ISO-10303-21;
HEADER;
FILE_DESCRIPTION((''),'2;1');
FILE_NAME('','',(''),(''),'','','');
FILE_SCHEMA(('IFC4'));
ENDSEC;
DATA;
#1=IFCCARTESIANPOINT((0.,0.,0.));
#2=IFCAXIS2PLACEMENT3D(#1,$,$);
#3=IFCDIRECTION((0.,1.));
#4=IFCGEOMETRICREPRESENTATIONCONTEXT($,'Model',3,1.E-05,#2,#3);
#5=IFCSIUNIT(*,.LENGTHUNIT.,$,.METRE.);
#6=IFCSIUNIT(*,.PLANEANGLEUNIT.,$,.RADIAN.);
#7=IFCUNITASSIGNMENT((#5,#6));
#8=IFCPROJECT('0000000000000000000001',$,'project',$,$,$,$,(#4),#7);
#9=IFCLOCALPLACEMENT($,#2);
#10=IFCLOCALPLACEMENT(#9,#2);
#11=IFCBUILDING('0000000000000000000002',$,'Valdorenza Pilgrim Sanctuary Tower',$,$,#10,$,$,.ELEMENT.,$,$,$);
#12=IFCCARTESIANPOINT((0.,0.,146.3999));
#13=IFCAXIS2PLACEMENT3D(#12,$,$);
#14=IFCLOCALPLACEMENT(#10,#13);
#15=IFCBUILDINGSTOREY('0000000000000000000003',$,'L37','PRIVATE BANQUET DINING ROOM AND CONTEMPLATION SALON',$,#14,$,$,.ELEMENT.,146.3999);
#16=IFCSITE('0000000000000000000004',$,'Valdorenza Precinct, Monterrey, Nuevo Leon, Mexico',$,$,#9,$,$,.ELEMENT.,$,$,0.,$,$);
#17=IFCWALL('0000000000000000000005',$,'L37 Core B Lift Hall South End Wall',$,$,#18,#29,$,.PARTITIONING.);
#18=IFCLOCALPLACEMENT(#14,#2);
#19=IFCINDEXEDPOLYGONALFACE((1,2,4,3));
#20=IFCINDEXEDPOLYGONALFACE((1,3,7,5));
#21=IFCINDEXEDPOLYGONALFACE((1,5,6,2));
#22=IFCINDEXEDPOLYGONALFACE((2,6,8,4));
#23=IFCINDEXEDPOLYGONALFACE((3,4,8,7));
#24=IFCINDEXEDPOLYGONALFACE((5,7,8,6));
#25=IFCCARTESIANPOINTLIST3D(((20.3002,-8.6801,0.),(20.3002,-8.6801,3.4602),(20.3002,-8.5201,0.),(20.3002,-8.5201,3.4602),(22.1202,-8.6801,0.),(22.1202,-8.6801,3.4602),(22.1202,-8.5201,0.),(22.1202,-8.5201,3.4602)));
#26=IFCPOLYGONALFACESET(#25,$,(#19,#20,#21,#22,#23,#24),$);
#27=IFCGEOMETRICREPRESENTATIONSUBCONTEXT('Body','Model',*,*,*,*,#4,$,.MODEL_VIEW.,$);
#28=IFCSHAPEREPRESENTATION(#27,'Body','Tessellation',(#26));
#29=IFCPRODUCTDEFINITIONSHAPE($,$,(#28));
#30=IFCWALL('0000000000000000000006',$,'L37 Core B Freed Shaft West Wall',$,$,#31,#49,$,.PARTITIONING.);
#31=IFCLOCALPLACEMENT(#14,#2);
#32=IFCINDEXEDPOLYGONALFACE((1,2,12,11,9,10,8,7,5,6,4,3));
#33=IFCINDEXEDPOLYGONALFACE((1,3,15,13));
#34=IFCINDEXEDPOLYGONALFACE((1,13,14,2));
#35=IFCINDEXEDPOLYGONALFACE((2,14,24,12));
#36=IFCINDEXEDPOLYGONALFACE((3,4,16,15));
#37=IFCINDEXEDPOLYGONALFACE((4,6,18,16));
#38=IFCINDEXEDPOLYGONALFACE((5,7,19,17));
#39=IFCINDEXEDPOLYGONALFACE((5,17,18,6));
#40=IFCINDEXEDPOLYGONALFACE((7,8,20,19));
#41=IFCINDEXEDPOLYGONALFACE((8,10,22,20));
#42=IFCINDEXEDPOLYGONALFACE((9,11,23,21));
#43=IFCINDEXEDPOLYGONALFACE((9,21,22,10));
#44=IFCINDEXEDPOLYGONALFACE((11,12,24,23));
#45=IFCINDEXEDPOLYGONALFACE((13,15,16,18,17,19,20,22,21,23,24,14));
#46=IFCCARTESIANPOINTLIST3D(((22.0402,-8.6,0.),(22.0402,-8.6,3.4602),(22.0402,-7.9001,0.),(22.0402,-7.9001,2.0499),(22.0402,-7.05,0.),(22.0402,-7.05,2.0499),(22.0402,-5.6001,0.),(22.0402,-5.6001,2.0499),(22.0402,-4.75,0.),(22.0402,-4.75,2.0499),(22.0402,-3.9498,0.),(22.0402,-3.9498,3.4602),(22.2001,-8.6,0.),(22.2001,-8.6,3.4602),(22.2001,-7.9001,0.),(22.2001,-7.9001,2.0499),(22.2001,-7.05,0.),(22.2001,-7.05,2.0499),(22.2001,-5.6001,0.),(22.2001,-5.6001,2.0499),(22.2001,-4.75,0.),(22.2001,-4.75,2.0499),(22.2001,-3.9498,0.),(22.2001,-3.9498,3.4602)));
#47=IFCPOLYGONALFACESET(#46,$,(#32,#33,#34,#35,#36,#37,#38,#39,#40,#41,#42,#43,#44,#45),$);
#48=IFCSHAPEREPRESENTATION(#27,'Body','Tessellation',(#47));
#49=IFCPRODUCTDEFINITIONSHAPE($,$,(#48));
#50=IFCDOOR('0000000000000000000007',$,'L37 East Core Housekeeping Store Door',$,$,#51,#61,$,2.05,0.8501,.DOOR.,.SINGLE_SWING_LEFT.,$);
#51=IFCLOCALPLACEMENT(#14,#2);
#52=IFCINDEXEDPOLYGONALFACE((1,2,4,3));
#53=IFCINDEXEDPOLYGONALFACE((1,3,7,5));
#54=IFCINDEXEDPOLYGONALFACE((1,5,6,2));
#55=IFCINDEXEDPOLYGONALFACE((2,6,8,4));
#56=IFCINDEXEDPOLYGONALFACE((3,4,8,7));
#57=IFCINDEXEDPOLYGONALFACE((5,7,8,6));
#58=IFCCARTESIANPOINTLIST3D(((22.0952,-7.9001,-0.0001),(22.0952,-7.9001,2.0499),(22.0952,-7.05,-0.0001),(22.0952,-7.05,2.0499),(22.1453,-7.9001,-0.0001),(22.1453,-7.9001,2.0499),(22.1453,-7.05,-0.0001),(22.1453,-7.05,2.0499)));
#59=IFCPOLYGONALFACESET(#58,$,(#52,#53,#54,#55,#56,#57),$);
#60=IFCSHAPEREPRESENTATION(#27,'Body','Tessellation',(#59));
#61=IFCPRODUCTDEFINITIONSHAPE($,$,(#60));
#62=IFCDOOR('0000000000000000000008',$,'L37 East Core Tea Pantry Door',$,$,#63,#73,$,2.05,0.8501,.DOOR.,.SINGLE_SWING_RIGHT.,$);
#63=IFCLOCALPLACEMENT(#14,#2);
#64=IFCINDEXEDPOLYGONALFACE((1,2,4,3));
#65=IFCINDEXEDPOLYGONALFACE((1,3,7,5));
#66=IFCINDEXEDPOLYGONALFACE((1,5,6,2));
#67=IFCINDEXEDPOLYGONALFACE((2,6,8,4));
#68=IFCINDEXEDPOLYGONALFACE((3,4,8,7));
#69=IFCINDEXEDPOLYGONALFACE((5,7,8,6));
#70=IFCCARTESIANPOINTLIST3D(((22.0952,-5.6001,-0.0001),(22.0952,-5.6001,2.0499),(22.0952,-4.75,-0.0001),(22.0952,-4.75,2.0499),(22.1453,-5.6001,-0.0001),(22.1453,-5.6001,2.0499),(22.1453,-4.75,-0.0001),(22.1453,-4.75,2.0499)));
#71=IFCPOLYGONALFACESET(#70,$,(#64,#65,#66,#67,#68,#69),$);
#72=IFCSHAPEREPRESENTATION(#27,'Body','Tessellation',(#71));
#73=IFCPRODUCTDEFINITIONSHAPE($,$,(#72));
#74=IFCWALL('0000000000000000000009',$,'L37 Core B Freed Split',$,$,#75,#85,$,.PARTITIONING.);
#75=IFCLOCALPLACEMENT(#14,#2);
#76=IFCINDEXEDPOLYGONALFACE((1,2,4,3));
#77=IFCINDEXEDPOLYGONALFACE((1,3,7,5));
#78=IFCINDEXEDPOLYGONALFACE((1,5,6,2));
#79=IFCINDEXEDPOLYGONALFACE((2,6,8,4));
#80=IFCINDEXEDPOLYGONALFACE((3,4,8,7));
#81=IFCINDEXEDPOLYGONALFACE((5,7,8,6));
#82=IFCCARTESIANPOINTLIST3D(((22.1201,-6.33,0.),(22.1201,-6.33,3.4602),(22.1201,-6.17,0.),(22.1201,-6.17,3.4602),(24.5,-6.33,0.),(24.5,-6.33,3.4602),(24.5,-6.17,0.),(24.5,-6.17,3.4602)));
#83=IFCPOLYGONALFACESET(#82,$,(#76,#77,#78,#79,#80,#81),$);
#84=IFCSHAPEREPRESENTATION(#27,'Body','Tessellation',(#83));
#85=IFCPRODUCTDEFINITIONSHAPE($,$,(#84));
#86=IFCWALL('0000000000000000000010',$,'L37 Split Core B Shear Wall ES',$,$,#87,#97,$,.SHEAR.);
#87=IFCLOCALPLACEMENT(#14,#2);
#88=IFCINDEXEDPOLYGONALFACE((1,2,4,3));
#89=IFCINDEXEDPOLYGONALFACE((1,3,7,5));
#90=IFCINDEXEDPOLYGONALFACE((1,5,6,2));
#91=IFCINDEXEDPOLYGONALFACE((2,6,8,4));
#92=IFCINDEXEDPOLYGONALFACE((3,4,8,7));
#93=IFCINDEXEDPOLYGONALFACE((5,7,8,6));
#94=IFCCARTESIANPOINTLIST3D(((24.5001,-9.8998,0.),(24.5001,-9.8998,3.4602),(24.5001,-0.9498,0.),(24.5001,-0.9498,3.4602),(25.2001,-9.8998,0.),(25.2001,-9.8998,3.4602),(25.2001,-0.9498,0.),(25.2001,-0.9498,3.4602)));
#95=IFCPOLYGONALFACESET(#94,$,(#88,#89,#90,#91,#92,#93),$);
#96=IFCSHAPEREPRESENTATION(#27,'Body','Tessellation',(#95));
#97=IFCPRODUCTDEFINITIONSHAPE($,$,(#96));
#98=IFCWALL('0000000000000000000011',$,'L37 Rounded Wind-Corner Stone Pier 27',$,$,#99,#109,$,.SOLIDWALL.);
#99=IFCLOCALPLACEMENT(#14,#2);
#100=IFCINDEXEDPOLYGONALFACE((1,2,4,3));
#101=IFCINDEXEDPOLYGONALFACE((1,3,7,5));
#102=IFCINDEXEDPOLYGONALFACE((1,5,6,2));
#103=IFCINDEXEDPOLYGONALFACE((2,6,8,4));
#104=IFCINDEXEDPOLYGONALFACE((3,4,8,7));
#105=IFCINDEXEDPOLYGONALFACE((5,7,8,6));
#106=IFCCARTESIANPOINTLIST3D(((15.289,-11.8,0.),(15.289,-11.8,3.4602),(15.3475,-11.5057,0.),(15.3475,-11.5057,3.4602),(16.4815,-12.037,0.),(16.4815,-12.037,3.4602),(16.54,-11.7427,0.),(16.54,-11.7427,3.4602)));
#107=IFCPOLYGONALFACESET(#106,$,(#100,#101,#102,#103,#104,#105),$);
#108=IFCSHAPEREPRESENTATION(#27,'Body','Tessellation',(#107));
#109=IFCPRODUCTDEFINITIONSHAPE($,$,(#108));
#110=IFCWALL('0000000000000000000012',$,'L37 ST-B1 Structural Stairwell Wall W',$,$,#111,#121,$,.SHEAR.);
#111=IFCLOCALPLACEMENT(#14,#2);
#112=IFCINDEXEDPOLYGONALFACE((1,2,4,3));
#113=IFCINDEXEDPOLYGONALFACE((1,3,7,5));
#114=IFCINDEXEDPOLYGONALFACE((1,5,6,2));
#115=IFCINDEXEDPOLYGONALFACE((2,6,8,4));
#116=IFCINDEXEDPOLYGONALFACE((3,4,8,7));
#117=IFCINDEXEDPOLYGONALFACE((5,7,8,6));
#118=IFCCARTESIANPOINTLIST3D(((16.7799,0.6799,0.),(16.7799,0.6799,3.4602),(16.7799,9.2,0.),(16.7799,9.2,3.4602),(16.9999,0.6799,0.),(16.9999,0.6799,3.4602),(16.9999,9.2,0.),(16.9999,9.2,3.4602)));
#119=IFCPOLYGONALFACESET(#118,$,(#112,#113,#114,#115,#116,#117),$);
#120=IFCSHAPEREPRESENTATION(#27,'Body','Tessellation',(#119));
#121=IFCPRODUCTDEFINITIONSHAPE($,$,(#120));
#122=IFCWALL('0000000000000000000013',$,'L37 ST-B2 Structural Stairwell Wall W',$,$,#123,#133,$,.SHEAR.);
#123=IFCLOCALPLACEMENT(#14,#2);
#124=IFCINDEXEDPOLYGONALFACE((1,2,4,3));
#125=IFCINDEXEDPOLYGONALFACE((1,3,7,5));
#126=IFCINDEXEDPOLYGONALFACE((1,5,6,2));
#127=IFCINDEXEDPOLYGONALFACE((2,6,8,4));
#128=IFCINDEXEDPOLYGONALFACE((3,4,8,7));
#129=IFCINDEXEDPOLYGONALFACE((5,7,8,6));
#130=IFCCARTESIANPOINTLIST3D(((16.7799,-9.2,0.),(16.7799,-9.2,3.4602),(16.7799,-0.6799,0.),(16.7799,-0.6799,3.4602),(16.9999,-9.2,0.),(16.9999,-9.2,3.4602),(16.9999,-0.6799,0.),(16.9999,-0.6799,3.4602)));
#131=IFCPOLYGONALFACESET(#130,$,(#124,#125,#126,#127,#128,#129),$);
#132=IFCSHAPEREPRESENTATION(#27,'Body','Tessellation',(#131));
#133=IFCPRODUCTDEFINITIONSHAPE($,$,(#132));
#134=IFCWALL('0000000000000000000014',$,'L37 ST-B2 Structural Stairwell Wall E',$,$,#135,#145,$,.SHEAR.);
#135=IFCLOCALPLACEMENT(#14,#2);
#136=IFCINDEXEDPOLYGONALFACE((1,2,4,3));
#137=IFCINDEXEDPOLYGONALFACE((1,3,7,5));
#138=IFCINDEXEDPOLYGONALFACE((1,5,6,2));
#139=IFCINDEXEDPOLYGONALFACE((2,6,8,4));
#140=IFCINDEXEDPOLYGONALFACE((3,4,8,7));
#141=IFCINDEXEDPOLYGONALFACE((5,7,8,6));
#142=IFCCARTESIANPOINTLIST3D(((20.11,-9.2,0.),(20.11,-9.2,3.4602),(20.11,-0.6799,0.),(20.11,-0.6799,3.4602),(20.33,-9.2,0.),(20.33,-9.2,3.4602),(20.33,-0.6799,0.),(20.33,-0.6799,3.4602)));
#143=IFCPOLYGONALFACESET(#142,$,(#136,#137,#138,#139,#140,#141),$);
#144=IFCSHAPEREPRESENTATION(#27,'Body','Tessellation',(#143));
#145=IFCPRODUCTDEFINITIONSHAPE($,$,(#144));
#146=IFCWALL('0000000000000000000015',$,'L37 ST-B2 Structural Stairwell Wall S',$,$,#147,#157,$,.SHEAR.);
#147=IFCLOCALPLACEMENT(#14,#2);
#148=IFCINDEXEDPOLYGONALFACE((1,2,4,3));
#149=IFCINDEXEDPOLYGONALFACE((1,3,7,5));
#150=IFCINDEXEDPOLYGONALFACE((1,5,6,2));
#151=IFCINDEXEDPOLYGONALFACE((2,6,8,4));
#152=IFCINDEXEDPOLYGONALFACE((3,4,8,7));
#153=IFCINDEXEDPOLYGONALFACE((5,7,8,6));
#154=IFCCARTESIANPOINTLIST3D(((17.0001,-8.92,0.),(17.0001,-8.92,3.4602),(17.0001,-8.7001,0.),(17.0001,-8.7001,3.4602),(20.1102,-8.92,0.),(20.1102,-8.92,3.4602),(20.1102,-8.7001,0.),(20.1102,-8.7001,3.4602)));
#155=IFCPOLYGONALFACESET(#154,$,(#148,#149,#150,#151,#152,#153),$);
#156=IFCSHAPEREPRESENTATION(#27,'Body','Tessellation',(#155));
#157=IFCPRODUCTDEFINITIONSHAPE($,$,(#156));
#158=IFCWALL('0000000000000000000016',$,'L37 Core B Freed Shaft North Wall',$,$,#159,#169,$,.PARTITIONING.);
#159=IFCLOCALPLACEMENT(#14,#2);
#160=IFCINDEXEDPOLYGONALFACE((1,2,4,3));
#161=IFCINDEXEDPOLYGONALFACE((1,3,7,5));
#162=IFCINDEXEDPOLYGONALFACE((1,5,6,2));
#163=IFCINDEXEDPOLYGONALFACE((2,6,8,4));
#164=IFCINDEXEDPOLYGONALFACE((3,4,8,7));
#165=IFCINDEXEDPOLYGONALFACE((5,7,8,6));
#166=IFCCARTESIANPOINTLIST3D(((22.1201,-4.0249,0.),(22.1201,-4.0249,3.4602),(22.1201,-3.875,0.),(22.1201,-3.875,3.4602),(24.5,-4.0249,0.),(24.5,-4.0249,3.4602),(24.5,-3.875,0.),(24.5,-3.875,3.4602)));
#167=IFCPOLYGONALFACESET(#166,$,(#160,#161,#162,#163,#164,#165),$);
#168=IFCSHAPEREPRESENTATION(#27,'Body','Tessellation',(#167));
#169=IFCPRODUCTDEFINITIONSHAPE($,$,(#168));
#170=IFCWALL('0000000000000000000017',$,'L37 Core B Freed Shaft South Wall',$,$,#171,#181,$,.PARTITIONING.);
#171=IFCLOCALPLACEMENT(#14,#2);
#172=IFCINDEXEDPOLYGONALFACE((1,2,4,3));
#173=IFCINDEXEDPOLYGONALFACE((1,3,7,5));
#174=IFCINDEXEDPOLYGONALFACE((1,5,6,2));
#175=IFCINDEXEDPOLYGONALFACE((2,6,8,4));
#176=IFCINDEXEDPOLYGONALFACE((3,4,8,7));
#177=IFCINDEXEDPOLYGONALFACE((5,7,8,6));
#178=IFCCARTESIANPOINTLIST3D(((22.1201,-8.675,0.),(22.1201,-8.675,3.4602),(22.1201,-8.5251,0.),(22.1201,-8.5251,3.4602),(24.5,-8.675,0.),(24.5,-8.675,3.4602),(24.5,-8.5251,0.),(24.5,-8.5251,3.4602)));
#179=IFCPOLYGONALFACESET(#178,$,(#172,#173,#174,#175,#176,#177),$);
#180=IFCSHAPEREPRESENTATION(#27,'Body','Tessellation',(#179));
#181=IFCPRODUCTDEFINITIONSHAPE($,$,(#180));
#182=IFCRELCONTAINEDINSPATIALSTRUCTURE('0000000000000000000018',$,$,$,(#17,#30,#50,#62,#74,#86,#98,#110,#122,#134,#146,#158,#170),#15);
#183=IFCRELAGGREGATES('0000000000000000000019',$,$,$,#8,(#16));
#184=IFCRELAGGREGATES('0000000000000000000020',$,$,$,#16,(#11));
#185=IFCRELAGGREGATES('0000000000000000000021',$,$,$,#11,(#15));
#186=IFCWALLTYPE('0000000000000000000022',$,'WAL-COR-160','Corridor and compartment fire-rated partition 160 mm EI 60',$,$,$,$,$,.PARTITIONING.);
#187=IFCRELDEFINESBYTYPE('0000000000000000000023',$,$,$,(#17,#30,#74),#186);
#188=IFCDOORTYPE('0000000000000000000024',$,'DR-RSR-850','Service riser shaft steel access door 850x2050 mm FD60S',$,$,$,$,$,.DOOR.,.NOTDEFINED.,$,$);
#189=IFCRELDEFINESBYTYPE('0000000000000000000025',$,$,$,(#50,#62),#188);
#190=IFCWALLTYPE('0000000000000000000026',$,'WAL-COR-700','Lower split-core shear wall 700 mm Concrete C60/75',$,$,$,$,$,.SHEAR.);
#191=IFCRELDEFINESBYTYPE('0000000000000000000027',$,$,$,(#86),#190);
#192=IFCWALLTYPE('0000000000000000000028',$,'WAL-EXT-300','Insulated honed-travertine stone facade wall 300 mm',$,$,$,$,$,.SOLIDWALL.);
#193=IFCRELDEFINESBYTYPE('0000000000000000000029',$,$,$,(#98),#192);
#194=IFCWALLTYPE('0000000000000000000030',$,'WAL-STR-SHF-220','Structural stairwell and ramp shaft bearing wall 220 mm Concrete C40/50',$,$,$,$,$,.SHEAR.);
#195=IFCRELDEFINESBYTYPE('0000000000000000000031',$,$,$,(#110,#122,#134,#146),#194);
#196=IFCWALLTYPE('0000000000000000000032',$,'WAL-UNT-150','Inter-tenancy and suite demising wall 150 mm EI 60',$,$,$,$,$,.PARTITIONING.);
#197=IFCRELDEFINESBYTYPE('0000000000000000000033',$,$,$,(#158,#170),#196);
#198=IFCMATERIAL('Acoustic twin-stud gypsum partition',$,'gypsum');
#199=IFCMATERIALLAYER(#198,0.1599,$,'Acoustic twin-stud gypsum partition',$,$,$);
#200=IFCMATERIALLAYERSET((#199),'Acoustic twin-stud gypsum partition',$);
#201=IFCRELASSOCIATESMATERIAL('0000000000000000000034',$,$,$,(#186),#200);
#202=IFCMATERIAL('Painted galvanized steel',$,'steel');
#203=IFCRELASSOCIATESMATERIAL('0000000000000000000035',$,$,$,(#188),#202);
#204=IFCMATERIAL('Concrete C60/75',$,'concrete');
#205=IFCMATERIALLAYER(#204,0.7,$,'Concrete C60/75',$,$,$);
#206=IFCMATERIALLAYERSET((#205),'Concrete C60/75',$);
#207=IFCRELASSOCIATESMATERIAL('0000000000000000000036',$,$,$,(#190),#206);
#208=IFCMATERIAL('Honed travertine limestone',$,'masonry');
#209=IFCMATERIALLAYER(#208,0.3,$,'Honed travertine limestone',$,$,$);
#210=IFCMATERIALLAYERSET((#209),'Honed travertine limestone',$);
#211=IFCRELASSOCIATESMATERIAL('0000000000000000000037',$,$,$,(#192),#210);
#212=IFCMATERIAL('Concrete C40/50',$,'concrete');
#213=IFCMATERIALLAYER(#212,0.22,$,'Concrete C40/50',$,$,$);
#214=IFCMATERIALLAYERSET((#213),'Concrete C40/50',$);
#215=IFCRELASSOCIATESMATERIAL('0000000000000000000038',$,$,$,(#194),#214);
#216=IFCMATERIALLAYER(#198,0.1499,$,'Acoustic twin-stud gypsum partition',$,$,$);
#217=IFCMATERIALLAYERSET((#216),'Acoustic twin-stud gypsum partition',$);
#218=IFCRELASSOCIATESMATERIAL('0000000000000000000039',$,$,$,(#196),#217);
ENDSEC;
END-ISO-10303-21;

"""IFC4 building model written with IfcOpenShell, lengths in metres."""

from ifc_helpers import new_model, si_unit, direction, frame, frame_2d, origin, place, context, subcontext, project, spatial, rectangle, extrude, material, layer, layer_set, type_object, element, fill, save


model = new_model("IFC4")

# Units and contexts
model_context = context("Model", 3, precision=1e-05, world=origin(), true_north=direction((0.0, 1.0)))
body_context = subcontext(model_context, "Body", "Model", "MODEL_VIEW")
ifc_project = project(units=[si_unit("LENGTHUNIT", "METRE"), si_unit("PLANEANGLEUNIT", "RADIAN")], contexts=[model_context])

# Site, building, storey
site_placement = place(None, origin())
site = spatial("IfcSite", under=ifc_project, at=site_placement, Name="Valdorenza Precinct, Monterrey, Nuevo Leon, Mexico", CompositionType="ELEMENT", RefElevation=0.0)
building_placement = place(site_placement, origin())
building = spatial("IfcBuilding", under=site, at=building_placement, Name="Valdorenza Pilgrim Sanctuary Tower", CompositionType="ELEMENT")
storey_placement = place(building_placement, frame((0.0, 0.0, 146.3999)))
storey = spatial("IfcBuildingStorey", under=building, at=storey_placement, Name="L37", Description="PRIVATE BANQUET DINING ROOM AND CONTEMPLATION SALON", CompositionType="ELEMENT", Elevation=146.3999)

# Shared definitions
ifc_material_1 = material(Name="Concrete C60/75", Category="concrete")

# Shared definitions
ifc_material_2 = material(Name="Honed travertine limestone", Category="masonry")

# Wall
ifc_material_3 = material(Name="Acoustic twin-stud gypsum partition", Category="gypsum")
ifc_layer_1 = layer(ifc_material_3, 0.1599, Name="Acoustic twin-stud gypsum partition")
ifc_layer_set_1 = layer_set([ifc_layer_1], Name="Acoustic twin-stud gypsum partition")
wall_type_1 = type_object("IfcWallType", Name="WAL-COR-160", Description="Corridor and compartment fire-rated partition 160 mm EI 60", PredefinedType="PARTITIONING", material=ifc_layer_set_1)
wall_1_placement = place(storey_placement, frame((20.3, -8.6001, 0.0), z_axis=(0.0, 0.0, 1.0), x_axis=(1.0, 0.0, 0.0)))
element("IfcWall", 1, at=wall_1_placement, inside=storey, type_object=wall_type_1, Name="L37 Core B Lift Hall South End Wall", PredefinedType="PARTITIONING", context=body_context, shape_type="SweptSolid", body=[
    extrude(rectangle(XDim=1.8201, YDim=0.1599, at=frame_2d((0.9102, 0.0))), origin(), (0.0, 0.0, 1.0), 3.4602),
])

# Wall, openings, doors
wall_2_placement = place(storey_placement, frame((22.1201, -8.6001, 0.0), z_axis=(0.0, 0.0, 1.0), x_axis=(0.0, 1.0, 0.0)))
wall_2 = element("IfcWall", 2, at=wall_2_placement, inside=storey, type_object=wall_type_1, Name="L37 Core B Freed Shaft West Wall", PredefinedType="PARTITIONING", context=body_context, shape_type="SweptSolid", body=[
    extrude(rectangle(XDim=4.6501, YDim=0.1599, at=frame_2d((2.3252, 0.0))), origin(), (0.0, 0.0, 1.0), 3.4602),
])
opening_1_placement = place(wall_2_placement, frame((0.7, 0.0, 0.0)))
opening_1 = element("IfcOpeningElement", 3, at=opening_1_placement, cuts=wall_2, PredefinedType="OPENING", context=body_context, shape_type="SweptSolid", body=[
    extrude(rectangle(XDim=0.8501, YDim=2.05, at=frame_2d((0.425, 1.0249))), frame((0.0, 0.0947, 0.0), z_axis=(0.0, -1.0, 0.0), x_axis=(1.0, 0.0, 0.0)), (0.0, 0.0, 1.0), 0.1897),
])
opening_2_placement = place(wall_2_placement, frame((3.0, 0.0, 0.0)))
opening_2 = element("IfcOpeningElement", 4, at=opening_2_placement, cuts=wall_2, PredefinedType="OPENING", context=body_context, shape_type="SweptSolid", body=[
    extrude(rectangle(XDim=0.8501, YDim=2.05, at=frame_2d((0.425, 1.0249))), frame((0.0, 0.0947, 0.0), z_axis=(0.0, -1.0, 0.0), x_axis=(1.0, 0.0, 0.0)), (0.0, 0.0, 1.0), 0.1897),
])
ifc_material_4 = material(Name="Painted galvanized steel", Category="steel")
door_type_1 = type_object("IfcDoorType", Name="DR-RSR-850", Description="Service riser shaft steel access door 850x2050 mm FD60S", OperationType="NOTDEFINED", PredefinedType="DOOR", material=ifc_material_4)
door_1_placement = place(opening_1_placement, origin())
door_1 = element("IfcDoor", 5, at=door_1_placement, inside=storey, type_object=door_type_1, Name="L37 East Core Housekeeping Store Door", OperationType="SINGLE_SWING_LEFT", OverallHeight=2.05, OverallWidth=0.8501, PredefinedType="DOOR", context=body_context, shape_type="SweptSolid", body=[
    extrude(rectangle(XDim=0.8501, YDim=2.05, at=frame_2d((0.425, 1.0249))), frame((0.0, 0.0249, 0.0), z_axis=(0.0, -1.0, 0.0), x_axis=(1.0, 0.0, 0.0)), (0.0, 0.0, 1.0), 0.05),
])
fill(opening_1, door_1)
door_2_placement = place(opening_2_placement, origin())
door_2 = element("IfcDoor", 6, at=door_2_placement, inside=storey, type_object=door_type_1, Name="L37 East Core Tea Pantry Door", OperationType="SINGLE_SWING_RIGHT", OverallHeight=2.05, OverallWidth=0.8501, PredefinedType="DOOR", context=body_context, shape_type="SweptSolid", body=[
    extrude(rectangle(XDim=0.8501, YDim=2.05, at=frame_2d((0.425, 1.0249))), frame((0.0, 0.0249, 0.0), z_axis=(0.0, -1.0, 0.0), x_axis=(1.0, 0.0, 0.0)), (0.0, 0.0, 1.0), 0.05),
])
fill(opening_2, door_2)

# Walls
wall_3_placement = place(storey_placement, frame((22.1201, -6.25, 0.0), z_axis=(0.0, 0.0, 1.0), x_axis=(1.0, 0.0, 0.0)))
element("IfcWall", 7, at=wall_3_placement, inside=storey, type_object=wall_type_1, Name="L37 Core B Freed Split", PredefinedType="PARTITIONING", context=body_context, shape_type="SweptSolid", body=[
    extrude(rectangle(XDim=2.3799, YDim=0.1599, at=frame_2d((1.1899, 0.0))), origin(), (0.0, 0.0, 1.0), 3.4602),
])
ifc_layer_2 = layer(ifc_material_1, 0.7, Name="Concrete C60/75")
ifc_layer_set_2 = layer_set([ifc_layer_2], Name="Concrete C60/75")
wall_type_2 = type_object("IfcWallType", Name="WAL-COR-700", Description="Lower split-core shear wall 700 mm Concrete C60/75", PredefinedType="SHEAR", material=ifc_layer_set_2)
wall_4_placement = place(storey_placement, frame((24.8501, -9.8999, 0.0), z_axis=(0.0, 0.0, 1.0), x_axis=(0.0, 1.0, 0.0)))
element("IfcWall", 8, at=wall_4_placement, inside=storey, type_object=wall_type_2, Name="L37 Split Core B Shear Wall ES", PredefinedType="SHEAR", context=body_context, shape_type="SweptSolid", body=[
    extrude(rectangle(XDim=8.95, YDim=0.7, at=frame_2d((4.4751, 0.0))), origin(), (0.0, 0.0, 1.0), 3.4602),
])
ifc_layer_3 = layer(ifc_material_2, 0.3, Name="Honed travertine limestone")
ifc_layer_set_3 = layer_set([ifc_layer_3], Name="Honed travertine limestone")
wall_type_3 = type_object("IfcWallType", Name="WAL-EXT-300", Description="Insulated honed-travertine stone facade wall 300 mm", PredefinedType="SOLIDWALL", material=ifc_layer_set_3)
wall_5_placement = place(storey_placement, frame((16.5107, -11.8899, 0.0), z_axis=(0.0, 0.0, 1.0), x_axis=(-0.980804, 0.194996, 0.0)))
element("IfcWall", 9, at=wall_5_placement, inside=storey, type_object=wall_type_3, Name="L37 Rounded Wind-Corner Stone Pier 27", PredefinedType="SOLIDWALL", context=body_context, shape_type="SweptSolid", body=[
    extrude(rectangle(XDim=1.2158, YDim=0.3, at=frame_2d((0.6079, 0.0))), origin(), (0.0, 0.0, 1.0), 3.4602),
])

# Walls
ifc_material_5 = material(Name="Concrete C40/50", Category="concrete")
ifc_layer_4 = layer(ifc_material_5, 0.22, Name="Concrete C40/50")
ifc_layer_set_4 = layer_set([ifc_layer_4], Name="Concrete C40/50")
wall_type_4 = type_object("IfcWallType", Name="WAL-STR-SHF-220", Description="Structural stairwell and ramp shaft bearing wall 220 mm Concrete C40/50", PredefinedType="SHEAR", material=ifc_layer_set_4)
for number, where, z_axis, x_axis, name in (
    (10, (16.8899, 0.6799, 0.0), (0.0, 0.0, 1.0), (0.0, 1.0, 0.0), "L37 ST-B1 Structural Stairwell Wall W"),
    (11, (16.8899, -9.2, 0.0), (0.0, 0.0, 1.0), (0.0, 1.0, 0.0), "L37 ST-B2 Structural Stairwell Wall W"),
    (12, (20.22, -9.2, 0.0), (0.0, 0.0, 1.0), (0.0, 1.0, 0.0), "L37 ST-B2 Structural Stairwell Wall E"),
):
    element("IfcWall", number, at=place(storey_placement, frame(where, z_axis=z_axis, x_axis=x_axis)), inside=storey, type_object=wall_type_4, Name=name, PredefinedType="SHEAR", context=body_context, shape_type="SweptSolid", body=[
        extrude(rectangle(XDim=8.52, YDim=0.22, at=frame_2d((4.26, 0.0))), origin(), (0.0, 0.0, 1.0), 3.4602),
    ])
wall_6_placement = place(storey_placement, frame((17.0, -8.8101, 0.0), z_axis=(0.0, 0.0, 1.0), x_axis=(1.0, 0.0, 0.0)))
element("IfcWall", 13, at=wall_6_placement, inside=storey, type_object=wall_type_4, Name="L37 ST-B2 Structural Stairwell Wall S", PredefinedType="SHEAR", context=body_context, shape_type="SweptSolid", body=[
    extrude(rectangle(XDim=3.1101, YDim=0.22, at=frame_2d((1.5552, 0.0))), origin(), (0.0, 0.0, 1.0), 3.4602),
])

# Walls
ifc_layer_5 = layer(ifc_material_3, 0.1499, Name="Acoustic twin-stud gypsum partition")
ifc_layer_set_5 = layer_set([ifc_layer_5], Name="Acoustic twin-stud gypsum partition")
wall_type_5 = type_object("IfcWallType", Name="WAL-UNT-150", Description="Inter-tenancy and suite demising wall 150 mm EI 60", PredefinedType="PARTITIONING", material=ifc_layer_set_5)
for number, where, z_axis, x_axis, name in (
    (14, (22.1201, -3.95, 0.0), (0.0, 0.0, 1.0), (1.0, 0.0, 0.0), "L37 Core B Freed Shaft North Wall"),
    (15, (22.1201, -8.6001, 0.0), (0.0, 0.0, 1.0), (1.0, 0.0, 0.0), "L37 Core B Freed Shaft South Wall"),
):
    element("IfcWall", number, at=place(storey_placement, frame(where, z_axis=z_axis, x_axis=x_axis)), inside=storey, type_object=wall_type_5, Name=name, PredefinedType="PARTITIONING", context=body_context, shape_type="SweptSolid", body=[
        extrude(rectangle(XDim=2.3799, YDim=0.1499, at=frame_2d((1.1899, 0.0))), origin(), (0.0, 0.0, 1.0), 3.4602),
    ])

save(model, "model.ifc")
